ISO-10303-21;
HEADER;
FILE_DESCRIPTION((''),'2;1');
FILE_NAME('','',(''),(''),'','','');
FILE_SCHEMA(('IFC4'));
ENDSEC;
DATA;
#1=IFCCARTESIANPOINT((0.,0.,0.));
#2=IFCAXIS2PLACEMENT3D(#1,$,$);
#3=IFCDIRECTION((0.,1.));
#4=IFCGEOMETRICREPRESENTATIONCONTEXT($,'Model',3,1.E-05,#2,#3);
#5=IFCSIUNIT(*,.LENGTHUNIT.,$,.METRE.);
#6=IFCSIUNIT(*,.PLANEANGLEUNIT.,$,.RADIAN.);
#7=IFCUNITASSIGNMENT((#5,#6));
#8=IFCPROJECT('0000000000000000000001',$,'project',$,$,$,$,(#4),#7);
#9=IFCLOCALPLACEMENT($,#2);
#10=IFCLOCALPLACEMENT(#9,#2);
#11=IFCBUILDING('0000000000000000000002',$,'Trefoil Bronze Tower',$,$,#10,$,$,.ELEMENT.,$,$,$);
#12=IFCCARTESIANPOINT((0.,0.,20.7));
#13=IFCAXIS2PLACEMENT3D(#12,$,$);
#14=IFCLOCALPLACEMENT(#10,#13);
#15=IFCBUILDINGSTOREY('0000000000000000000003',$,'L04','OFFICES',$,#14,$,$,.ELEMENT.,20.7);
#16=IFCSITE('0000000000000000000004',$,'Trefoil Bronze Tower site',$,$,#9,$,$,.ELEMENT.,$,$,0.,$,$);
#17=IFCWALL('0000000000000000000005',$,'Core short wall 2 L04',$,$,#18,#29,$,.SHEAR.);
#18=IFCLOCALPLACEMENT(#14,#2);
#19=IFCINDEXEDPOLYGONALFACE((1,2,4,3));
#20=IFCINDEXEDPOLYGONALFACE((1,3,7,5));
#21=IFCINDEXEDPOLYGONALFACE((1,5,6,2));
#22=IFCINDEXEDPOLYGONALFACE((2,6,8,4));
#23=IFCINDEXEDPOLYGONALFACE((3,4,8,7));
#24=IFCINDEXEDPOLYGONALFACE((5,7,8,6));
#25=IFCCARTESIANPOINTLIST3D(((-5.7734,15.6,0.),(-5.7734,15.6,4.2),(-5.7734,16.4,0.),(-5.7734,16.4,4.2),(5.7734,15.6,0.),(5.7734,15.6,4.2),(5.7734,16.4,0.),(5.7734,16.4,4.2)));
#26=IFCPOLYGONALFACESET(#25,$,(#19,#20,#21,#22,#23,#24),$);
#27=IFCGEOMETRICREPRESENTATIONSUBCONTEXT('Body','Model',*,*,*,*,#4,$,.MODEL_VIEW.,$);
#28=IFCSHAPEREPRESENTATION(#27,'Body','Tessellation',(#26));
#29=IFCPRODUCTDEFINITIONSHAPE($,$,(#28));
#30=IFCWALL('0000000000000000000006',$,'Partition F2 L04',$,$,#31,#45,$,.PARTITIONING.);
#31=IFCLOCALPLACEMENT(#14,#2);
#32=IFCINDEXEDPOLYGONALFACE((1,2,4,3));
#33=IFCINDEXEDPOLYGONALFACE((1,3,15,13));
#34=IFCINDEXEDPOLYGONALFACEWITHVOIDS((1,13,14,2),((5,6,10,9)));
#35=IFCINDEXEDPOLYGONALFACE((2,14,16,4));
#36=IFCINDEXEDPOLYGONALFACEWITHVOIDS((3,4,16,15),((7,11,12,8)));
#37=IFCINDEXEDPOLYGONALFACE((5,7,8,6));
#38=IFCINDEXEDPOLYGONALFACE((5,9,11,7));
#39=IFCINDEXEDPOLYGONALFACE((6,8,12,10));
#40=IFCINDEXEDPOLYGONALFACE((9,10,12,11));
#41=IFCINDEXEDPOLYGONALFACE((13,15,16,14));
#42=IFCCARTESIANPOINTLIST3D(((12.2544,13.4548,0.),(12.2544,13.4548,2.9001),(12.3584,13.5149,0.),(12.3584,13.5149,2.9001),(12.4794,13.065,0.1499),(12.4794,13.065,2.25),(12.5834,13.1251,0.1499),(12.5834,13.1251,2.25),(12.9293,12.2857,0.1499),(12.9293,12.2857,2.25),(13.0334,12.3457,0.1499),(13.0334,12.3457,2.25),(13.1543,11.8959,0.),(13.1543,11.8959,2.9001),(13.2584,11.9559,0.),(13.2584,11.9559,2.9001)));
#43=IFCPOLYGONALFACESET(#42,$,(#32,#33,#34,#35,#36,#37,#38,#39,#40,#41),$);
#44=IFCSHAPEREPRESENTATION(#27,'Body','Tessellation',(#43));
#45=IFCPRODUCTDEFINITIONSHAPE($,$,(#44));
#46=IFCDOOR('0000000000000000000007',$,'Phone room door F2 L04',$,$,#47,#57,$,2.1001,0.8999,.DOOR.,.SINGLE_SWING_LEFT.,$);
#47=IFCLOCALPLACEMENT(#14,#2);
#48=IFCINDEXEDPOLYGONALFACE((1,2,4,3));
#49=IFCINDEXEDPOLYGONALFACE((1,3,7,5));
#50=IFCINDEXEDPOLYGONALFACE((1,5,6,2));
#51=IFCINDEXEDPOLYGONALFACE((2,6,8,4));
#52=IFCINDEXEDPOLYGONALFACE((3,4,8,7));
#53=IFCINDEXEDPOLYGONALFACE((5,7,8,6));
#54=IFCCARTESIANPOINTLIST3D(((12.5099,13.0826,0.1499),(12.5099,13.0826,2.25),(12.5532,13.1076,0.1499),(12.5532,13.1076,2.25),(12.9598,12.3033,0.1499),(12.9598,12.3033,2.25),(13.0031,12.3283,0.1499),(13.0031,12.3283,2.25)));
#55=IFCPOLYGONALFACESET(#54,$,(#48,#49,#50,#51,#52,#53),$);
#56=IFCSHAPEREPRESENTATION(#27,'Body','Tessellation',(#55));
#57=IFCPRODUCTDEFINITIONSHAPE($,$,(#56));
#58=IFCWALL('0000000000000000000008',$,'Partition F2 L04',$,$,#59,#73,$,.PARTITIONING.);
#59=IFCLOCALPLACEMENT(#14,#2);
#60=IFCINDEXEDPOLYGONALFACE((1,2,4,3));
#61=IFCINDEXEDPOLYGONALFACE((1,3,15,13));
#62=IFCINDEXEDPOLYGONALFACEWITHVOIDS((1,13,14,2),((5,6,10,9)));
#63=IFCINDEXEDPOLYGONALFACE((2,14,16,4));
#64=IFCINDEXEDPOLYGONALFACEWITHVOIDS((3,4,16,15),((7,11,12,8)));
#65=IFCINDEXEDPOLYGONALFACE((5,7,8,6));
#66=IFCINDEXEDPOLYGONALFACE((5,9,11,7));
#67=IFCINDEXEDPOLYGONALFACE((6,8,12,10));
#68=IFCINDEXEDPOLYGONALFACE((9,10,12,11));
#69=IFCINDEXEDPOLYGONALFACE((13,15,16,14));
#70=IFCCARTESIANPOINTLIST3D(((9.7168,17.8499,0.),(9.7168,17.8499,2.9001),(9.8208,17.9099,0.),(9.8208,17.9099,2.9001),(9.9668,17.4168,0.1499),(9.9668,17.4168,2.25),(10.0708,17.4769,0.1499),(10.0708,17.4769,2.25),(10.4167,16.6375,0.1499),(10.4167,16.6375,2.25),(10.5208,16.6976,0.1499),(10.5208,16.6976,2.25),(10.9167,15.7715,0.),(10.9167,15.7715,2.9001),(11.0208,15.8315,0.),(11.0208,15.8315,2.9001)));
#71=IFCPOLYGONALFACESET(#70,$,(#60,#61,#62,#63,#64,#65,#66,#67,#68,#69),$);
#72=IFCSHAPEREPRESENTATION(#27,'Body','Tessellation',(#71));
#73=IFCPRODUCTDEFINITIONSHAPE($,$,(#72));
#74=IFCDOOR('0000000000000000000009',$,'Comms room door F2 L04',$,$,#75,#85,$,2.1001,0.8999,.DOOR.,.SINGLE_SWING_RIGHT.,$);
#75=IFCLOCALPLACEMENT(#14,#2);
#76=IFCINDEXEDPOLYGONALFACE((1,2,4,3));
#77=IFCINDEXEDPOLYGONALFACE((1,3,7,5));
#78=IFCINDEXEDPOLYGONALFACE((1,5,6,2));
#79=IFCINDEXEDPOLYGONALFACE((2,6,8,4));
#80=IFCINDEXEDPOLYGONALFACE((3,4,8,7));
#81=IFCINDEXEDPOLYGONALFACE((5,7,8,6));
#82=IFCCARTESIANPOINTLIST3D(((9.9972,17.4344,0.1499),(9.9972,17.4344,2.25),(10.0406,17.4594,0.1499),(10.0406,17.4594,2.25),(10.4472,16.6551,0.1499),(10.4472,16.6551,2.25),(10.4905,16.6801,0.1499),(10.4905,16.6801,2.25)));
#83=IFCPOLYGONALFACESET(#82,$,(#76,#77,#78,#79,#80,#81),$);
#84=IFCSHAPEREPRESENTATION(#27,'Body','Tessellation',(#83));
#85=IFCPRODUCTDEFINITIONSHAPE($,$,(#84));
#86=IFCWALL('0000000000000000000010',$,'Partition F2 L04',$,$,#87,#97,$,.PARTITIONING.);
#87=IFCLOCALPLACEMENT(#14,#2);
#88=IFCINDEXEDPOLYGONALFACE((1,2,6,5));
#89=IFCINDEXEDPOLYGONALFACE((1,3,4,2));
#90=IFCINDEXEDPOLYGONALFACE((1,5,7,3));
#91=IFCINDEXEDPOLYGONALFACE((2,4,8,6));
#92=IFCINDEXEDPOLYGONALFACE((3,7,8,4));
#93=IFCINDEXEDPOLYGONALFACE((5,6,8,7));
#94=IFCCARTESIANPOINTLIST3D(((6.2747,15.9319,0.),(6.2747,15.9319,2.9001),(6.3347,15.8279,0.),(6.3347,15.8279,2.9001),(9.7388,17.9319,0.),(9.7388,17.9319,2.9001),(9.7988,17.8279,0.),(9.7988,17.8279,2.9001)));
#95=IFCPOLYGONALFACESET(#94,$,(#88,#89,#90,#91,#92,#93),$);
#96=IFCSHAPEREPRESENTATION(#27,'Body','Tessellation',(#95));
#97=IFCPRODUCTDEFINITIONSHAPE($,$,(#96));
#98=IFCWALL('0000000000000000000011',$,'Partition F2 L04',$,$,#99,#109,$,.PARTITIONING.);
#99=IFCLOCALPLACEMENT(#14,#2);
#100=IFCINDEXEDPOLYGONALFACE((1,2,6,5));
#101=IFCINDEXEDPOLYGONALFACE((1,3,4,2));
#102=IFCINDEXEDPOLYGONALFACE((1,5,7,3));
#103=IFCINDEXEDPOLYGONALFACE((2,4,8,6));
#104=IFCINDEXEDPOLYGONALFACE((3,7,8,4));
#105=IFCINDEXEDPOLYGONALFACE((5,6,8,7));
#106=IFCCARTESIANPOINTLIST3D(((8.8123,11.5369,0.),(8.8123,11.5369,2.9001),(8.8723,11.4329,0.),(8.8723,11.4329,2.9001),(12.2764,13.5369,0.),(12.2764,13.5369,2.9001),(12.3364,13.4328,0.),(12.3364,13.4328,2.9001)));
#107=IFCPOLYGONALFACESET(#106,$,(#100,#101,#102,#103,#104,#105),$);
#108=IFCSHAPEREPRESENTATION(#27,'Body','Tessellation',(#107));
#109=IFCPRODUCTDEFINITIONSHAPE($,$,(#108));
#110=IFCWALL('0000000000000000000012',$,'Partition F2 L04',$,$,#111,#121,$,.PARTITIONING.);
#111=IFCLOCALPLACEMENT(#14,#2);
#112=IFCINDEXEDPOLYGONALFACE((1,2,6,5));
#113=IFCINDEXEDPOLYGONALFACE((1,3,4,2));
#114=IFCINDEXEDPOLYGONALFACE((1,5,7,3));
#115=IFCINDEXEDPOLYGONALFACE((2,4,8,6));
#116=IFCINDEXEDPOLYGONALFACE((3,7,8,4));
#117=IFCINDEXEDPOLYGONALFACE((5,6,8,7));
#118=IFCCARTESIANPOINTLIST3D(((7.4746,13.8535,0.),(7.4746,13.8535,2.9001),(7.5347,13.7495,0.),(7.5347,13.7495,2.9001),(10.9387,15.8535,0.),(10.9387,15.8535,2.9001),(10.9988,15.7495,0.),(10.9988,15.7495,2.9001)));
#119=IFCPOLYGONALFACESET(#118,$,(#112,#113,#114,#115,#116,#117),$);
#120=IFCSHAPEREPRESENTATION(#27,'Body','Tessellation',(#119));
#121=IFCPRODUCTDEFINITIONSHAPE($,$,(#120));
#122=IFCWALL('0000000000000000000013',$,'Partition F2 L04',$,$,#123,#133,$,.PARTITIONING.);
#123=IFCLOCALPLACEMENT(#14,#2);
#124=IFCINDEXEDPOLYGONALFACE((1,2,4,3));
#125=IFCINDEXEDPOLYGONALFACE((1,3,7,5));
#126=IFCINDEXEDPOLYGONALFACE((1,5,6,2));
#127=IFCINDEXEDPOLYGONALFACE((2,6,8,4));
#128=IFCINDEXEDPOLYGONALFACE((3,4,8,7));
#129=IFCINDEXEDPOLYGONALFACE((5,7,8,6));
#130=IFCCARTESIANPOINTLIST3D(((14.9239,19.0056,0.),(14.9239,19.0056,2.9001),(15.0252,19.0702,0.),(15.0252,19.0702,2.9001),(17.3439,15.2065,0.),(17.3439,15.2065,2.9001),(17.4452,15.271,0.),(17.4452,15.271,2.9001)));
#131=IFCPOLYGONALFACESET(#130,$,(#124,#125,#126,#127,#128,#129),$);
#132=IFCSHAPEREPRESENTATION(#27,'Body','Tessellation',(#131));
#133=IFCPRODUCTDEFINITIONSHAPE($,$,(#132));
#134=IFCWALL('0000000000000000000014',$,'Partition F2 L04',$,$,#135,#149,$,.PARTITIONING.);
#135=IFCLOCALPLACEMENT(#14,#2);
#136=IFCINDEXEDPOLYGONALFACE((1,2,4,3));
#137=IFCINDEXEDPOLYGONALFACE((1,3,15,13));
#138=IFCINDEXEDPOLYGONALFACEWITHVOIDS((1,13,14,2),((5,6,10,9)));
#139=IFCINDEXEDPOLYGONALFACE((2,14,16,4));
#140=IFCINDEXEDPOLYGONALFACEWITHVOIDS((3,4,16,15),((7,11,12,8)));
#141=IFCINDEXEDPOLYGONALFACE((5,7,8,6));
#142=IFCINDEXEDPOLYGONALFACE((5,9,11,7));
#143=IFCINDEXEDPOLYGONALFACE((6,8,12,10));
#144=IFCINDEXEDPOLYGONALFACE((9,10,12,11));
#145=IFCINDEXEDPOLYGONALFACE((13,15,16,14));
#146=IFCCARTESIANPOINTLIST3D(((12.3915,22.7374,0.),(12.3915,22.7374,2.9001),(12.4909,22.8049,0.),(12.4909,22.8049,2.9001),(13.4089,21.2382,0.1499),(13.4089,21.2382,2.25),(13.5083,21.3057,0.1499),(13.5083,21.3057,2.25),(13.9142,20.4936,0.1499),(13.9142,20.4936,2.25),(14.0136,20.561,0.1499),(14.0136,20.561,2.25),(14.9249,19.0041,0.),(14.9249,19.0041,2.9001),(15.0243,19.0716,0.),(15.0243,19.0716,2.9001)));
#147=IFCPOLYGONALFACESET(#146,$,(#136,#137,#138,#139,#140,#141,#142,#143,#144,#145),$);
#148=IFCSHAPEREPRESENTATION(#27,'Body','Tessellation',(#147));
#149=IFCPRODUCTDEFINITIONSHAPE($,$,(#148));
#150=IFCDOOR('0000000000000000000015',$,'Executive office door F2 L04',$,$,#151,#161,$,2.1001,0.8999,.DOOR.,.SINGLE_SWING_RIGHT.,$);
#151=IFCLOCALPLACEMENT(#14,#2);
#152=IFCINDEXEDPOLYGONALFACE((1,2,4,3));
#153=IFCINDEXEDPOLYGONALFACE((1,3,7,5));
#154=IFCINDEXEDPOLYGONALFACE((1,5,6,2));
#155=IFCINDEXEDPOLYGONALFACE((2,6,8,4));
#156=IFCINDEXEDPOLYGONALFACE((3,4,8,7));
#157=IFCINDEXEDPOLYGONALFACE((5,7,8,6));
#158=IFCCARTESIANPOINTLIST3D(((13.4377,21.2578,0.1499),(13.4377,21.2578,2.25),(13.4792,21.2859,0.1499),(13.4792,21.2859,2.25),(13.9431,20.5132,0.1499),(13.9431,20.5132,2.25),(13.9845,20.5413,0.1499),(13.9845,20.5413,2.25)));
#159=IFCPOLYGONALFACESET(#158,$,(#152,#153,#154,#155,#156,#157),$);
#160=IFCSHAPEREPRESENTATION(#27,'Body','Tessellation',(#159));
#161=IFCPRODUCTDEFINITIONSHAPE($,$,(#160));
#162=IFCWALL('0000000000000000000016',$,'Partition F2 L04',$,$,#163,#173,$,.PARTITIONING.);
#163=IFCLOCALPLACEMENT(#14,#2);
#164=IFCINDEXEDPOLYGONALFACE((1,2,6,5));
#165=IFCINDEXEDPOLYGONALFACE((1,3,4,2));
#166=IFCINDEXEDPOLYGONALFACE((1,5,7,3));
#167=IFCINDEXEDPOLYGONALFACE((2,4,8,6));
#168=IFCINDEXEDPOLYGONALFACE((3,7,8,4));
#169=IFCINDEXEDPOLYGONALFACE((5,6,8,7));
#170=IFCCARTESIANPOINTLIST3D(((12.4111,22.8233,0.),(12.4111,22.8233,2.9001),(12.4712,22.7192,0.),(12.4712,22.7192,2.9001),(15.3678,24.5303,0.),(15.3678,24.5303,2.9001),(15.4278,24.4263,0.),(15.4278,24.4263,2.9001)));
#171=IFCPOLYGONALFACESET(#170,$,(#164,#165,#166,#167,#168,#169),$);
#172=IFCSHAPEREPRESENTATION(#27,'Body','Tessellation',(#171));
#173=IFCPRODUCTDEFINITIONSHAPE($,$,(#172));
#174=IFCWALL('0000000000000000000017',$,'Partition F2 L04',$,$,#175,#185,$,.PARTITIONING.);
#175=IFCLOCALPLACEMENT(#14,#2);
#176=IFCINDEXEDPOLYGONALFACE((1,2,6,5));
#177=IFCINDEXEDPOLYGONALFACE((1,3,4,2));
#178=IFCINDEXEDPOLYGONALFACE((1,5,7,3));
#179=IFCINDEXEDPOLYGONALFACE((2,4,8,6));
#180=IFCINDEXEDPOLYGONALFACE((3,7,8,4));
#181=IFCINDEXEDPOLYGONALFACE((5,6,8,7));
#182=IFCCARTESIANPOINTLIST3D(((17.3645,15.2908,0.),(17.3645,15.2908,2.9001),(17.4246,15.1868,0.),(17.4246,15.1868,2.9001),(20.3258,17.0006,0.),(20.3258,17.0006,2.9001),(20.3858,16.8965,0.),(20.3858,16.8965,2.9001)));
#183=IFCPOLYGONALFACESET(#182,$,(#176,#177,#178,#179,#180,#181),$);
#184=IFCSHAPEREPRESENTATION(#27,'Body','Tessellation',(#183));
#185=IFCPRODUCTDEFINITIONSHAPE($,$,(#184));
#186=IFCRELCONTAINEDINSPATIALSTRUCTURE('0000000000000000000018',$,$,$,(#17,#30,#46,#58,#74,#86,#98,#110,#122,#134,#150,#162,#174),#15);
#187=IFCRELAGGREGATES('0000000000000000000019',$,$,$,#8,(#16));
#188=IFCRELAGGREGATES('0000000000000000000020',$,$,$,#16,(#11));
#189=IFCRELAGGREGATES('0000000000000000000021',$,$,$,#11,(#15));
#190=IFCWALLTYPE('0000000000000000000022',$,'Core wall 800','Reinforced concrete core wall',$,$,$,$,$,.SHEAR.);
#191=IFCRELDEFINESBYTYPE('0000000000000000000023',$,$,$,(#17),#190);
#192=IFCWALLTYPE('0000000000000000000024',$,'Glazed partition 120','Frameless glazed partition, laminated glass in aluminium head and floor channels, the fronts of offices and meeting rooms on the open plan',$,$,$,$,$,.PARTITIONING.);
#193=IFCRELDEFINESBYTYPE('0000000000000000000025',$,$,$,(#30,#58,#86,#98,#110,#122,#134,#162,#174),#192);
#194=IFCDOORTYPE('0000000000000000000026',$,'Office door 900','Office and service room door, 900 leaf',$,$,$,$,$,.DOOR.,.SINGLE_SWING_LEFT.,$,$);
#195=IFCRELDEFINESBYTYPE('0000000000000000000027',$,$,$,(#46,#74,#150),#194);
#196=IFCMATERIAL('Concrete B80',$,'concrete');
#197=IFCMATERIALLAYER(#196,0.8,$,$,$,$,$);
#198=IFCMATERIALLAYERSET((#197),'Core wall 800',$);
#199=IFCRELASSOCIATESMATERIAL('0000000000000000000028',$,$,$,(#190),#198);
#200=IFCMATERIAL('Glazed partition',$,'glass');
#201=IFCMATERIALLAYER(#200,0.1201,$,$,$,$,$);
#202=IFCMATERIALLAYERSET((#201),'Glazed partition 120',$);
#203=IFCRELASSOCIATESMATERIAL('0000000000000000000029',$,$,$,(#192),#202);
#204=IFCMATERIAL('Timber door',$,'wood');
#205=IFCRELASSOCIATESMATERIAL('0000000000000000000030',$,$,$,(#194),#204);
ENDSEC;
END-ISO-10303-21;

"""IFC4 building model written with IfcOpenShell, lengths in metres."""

from ifc_helpers import new_model, si_unit, direction, frame, frame_2d, origin, place, context, subcontext, project, spatial, rectangle, extrude, material, layer, layer_set, type_object, element, fill, save


model = new_model("IFC4")

# Units and contexts
model_context = context("Model", 3, precision=1e-05, world=origin(), true_north=direction((0.0, 1.0)))
body_context = subcontext(model_context, "Body", "Model", "MODEL_VIEW")
ifc_project = project(units=[si_unit("LENGTHUNIT", "METRE"), si_unit("PLANEANGLEUNIT", "RADIAN")], contexts=[model_context])

# Site, building, storey
site_placement = place(None, origin())
site = spatial("IfcSite", under=ifc_project, at=site_placement, Name="Trefoil Bronze Tower site", CompositionType="ELEMENT", RefElevation=0.0)
building_placement = place(site_placement, origin())
building = spatial("IfcBuilding", under=site, at=building_placement, Name="Trefoil Bronze Tower", CompositionType="ELEMENT")
storey_placement = place(building_placement, frame((0.0, 0.0, 20.7)))
storey = spatial("IfcBuildingStorey", under=building, at=storey_placement, Name="L04", Description="OFFICES", CompositionType="ELEMENT", Elevation=20.7)

# Wall
ifc_material_1 = material(Name="Concrete B80", Category="concrete")
ifc_layer_1 = layer(ifc_material_1, 0.8)
ifc_layer_set_1 = layer_set([ifc_layer_1], Name="Core wall 800")
wall_type_1 = type_object("IfcWallType", Name="Core wall 800", Description="Reinforced concrete core wall", PredefinedType="SHEAR", material=ifc_layer_set_1)
wall_1_placement = place(storey_placement, frame((5.7734, 16.0, 0.0), z_axis=(0.0, 0.0, 1.0), x_axis=(-1.0, 0.0, 0.0)))
element("IfcWall", 1, at=wall_1_placement, inside=storey, type_object=wall_type_1, Name="Core short wall 2 L04", PredefinedType="SHEAR", context=body_context, shape_type="SweptSolid", body=[
    extrude(rectangle(XDim=11.5469, YDim=0.8, at=frame_2d((5.7734, 0.0))), origin(), (0.0, 0.0, 1.0), 4.2),
])

# Walls, openings, doors
ifc_material_2 = material(Name="Glazed partition", Category="glass")
ifc_layer_2 = layer(ifc_material_2, 0.1201)
ifc_layer_set_2 = layer_set([ifc_layer_2], Name="Glazed partition 120")
wall_type_2 = type_object("IfcWallType", Name="Glazed partition 120", Description="Frameless glazed partition, laminated glass in aluminium head and floor channels, the fronts of offices and meeting rooms on the open plan", PredefinedType="PARTITIONING", material=ifc_layer_set_2)
wall_2_placement = place(storey_placement, frame((13.2063, 11.926, 0.0), z_axis=(0.0, 0.0, 1.0), x_axis=(-0.499961, 0.866048, 0.0)))
wall_2 = element("IfcWall", 2, at=wall_2_placement, inside=storey, type_object=wall_type_2, Name="Partition F2 L04", PredefinedType="PARTITIONING", context=body_context, shape_type="SweptSolid", body=[
    extrude(rectangle(XDim=1.8, YDim=0.1201, at=frame_2d((0.8999, 0.0))), origin(), (0.0, 0.0, 1.0), 2.9001),
])
opening_1_placement = place(wall_2_placement, frame((0.45, 0.0, 0.1499)))
opening_1 = element("IfcOpeningElement", 3, at=opening_1_placement, cuts=wall_2, PredefinedType="OPENING", context=body_context, shape_type="SweptSolid", body=[
    extrude(rectangle(XDim=0.8999, YDim=2.1001, at=frame_2d((0.45, 1.05))), frame((0.0, 0.0701, 0.0), z_axis=(0.0, -1.0, 0.0), x_axis=(1.0, 0.0, 0.0)), (0.0, 0.0, 1.0), 0.1401),
])
ifc_material_3 = material(Name="Timber door", Category="wood")
door_type = type_object("IfcDoorType", Name="Office door 900", Description="Office and service room door, 900 leaf", OperationType="SINGLE_SWING_LEFT", PredefinedType="DOOR", material=ifc_material_3)
door_1_placement = place(opening_1_placement, origin())
door_1 = element("IfcDoor", 4, at=door_1_placement, inside=storey, type_object=door_type, Name="Phone room door F2 L04", OperationType="SINGLE_SWING_LEFT", OverallHeight=2.1001, OverallWidth=0.8999, PredefinedType="DOOR", context=body_context, shape_type="SweptSolid", body=[
    extrude(rectangle(XDim=0.8999, YDim=2.1001, at=frame_2d((0.45, 1.05))), frame((0.0, 0.0249, 0.0), z_axis=(0.0, -1.0, 0.0), x_axis=(1.0, 0.0, 0.0)), (0.0, 0.0, 1.0), 0.05),
])
fill(opening_1, door_1)
wall_3_placement = place(storey_placement, frame((10.9688, 15.8015, 0.0), z_axis=(0.0, 0.0, 1.0), x_axis=(-0.500001, 0.866025, 0.0)))
wall_3 = element("IfcWall", 5, at=wall_3_placement, inside=storey, type_object=wall_type_2, Name="Partition F2 L04", PredefinedType="PARTITIONING", context=body_context, shape_type="SweptSolid", body=[
    extrude(rectangle(XDim=2.3999, YDim=0.1201, at=frame_2d((1.2, 0.0))), origin(), (0.0, 0.0, 1.0), 2.9001),
])
opening_2_placement = place(wall_3_placement, frame((1.0, 0.0, 0.1499)))
opening_2 = element("IfcOpeningElement", 6, at=opening_2_placement, cuts=wall_3, PredefinedType="OPENING", context=body_context, shape_type="SweptSolid", body=[
    extrude(rectangle(XDim=0.8999, YDim=2.1001, at=frame_2d((0.45, 1.05))), frame((0.0, 0.0701, 0.0), z_axis=(0.0, -1.0, 0.0), x_axis=(1.0, 0.0, 0.0)), (0.0, 0.0, 1.0), 0.1401),
])
door_2_placement = place(opening_2_placement, origin())
door_2 = element("IfcDoor", 7, at=door_2_placement, inside=storey, type_object=door_type, Name="Comms room door F2 L04", OperationType="SINGLE_SWING_RIGHT", OverallHeight=2.1001, OverallWidth=0.8999, PredefinedType="DOOR", context=body_context, shape_type="SweptSolid", body=[
    extrude(rectangle(XDim=0.8999, YDim=2.1001, at=frame_2d((0.45, 1.05))), frame((0.0, 0.0249, 0.0), z_axis=(0.0, -1.0, 0.0), x_axis=(1.0, 0.0, 0.0)), (0.0, 0.0, 1.0), 0.05),
])
fill(opening_2, door_2)

# Walls
for number, where, z_axis, x_axis, name in (
    (8, (6.3047, 15.8799, 0.0), (0.0, 0.0, 1.0), (0.866026, 0.499999, 0.0), "Partition F2 L04"),
    (9, (8.8423, 11.4849, 0.0), (0.0, 0.0, 1.0), (0.866026, 0.499999, 0.0), "Partition F2 L04"),
    (10, (7.5046, 13.8015, 0.0), (0.0, 0.0, 1.0), (0.866026, 0.499999, 0.0), "Partition F2 L04"),
):
    element("IfcWall", number, at=place(storey_placement, frame(where, z_axis=z_axis, x_axis=x_axis)), inside=storey, type_object=wall_type_2, Name=name, PredefinedType="PARTITIONING", context=body_context, shape_type="SweptSolid", body=[
        extrude(rectangle(XDim=4.0, YDim=0.1201, at=frame_2d((2.0, 0.0))), origin(), (0.0, 0.0, 1.0), 2.9001),
    ])
wall_4_placement = place(storey_placement, frame((17.3945, 15.2388, 0.0), z_axis=(0.0, 0.0, 1.0), x_axis=(-0.537244, 0.843427, 0.0)))
element("IfcWall", 11, at=wall_4_placement, inside=storey, type_object=wall_type_2, Name="Partition F2 L04", PredefinedType="PARTITIONING", context=body_context, shape_type="SweptSolid", body=[
    extrude(rectangle(XDim=4.5044, YDim=0.1201, at=frame_2d((2.2522, 0.0))), origin(), (0.0, 0.0, 1.0), 2.9001),
])

# Wall, opening, door
wall_5_placement = place(storey_placement, frame((14.9746, 19.0378, 0.0), z_axis=(0.0, 0.0, 1.0), x_axis=(-0.561512, 0.827469, 0.0)))
wall_5 = element("IfcWall", 12, at=wall_5_placement, inside=storey, type_object=wall_type_2, Name="Partition F2 L04", PredefinedType="PARTITIONING", context=body_context, shape_type="SweptSolid", body=[
    extrude(rectangle(XDim=4.5117, YDim=0.1201, at=frame_2d((2.2559, 0.0))), origin(), (0.0, 0.0, 1.0), 2.9001),
])
opening_3_placement = place(wall_5_placement, frame((1.8, 0.0, 0.1499)))
opening_3 = element("IfcOpeningElement", 13, at=opening_3_placement, cuts=wall_5, PredefinedType="OPENING", context=body_context, shape_type="SweptSolid", body=[
    extrude(rectangle(XDim=0.8999, YDim=2.1001, at=frame_2d((0.45, 1.05))), frame((0.0, 0.0701, 0.0), z_axis=(0.0, -1.0, 0.0), x_axis=(1.0, 0.0, 0.0)), (0.0, 0.0, 1.0), 0.1401),
])
door_3_placement = place(opening_3_placement, frame((0.8999, 0.0, 0.0), z_axis=(0.0, 0.0, 1.0), x_axis=(-1.0, 0.0, 0.0)))
door_3 = element("IfcDoor", 14, at=door_3_placement, inside=storey, type_object=door_type, Name="Executive office door F2 L04", OperationType="SINGLE_SWING_RIGHT", OverallHeight=2.1001, OverallWidth=0.8999, PredefinedType="DOOR", context=body_context, shape_type="SweptSolid", body=[
    extrude(rectangle(XDim=0.8999, YDim=2.1001, at=frame_2d((0.45, 1.05))), frame((0.0, 0.0249, 0.0), z_axis=(0.0, -1.0, 0.0), x_axis=(1.0, 0.0, 0.0)), (0.0, 0.0, 1.0), 0.05),
])
fill(opening_3, door_3)

# Walls
wall_6_placement = place(storey_placement, frame((12.4412, 22.7712, 0.0), z_axis=(0.0, 0.0, 1.0), x_axis=(0.866016, 0.500015, 0.0)))
element("IfcWall", 15, at=wall_6_placement, inside=storey, type_object=wall_type_2, Name="Partition F2 L04", PredefinedType="PARTITIONING", context=body_context, shape_type="SweptSolid", body=[
    extrude(rectangle(XDim=3.4141, YDim=0.1201, at=frame_2d((1.707, 0.0))), origin(), (0.0, 0.0, 1.0), 2.9001),
])
wall_7_placement = place(storey_placement, frame((17.3945, 15.2388, 0.0), z_axis=(0.0, 0.0, 1.0), x_axis=(0.866016, 0.500017, 0.0)))
element("IfcWall", 16, at=wall_7_placement, inside=storey, type_object=wall_type_2, Name="Partition F2 L04", PredefinedType="PARTITIONING", context=body_context, shape_type="SweptSolid", body=[
    extrude(rectangle(XDim=3.4194, YDim=0.1201, at=frame_2d((1.7097, 0.0))), origin(), (0.0, 0.0, 1.0), 2.9001),
])

save(model, "model.ifc")
